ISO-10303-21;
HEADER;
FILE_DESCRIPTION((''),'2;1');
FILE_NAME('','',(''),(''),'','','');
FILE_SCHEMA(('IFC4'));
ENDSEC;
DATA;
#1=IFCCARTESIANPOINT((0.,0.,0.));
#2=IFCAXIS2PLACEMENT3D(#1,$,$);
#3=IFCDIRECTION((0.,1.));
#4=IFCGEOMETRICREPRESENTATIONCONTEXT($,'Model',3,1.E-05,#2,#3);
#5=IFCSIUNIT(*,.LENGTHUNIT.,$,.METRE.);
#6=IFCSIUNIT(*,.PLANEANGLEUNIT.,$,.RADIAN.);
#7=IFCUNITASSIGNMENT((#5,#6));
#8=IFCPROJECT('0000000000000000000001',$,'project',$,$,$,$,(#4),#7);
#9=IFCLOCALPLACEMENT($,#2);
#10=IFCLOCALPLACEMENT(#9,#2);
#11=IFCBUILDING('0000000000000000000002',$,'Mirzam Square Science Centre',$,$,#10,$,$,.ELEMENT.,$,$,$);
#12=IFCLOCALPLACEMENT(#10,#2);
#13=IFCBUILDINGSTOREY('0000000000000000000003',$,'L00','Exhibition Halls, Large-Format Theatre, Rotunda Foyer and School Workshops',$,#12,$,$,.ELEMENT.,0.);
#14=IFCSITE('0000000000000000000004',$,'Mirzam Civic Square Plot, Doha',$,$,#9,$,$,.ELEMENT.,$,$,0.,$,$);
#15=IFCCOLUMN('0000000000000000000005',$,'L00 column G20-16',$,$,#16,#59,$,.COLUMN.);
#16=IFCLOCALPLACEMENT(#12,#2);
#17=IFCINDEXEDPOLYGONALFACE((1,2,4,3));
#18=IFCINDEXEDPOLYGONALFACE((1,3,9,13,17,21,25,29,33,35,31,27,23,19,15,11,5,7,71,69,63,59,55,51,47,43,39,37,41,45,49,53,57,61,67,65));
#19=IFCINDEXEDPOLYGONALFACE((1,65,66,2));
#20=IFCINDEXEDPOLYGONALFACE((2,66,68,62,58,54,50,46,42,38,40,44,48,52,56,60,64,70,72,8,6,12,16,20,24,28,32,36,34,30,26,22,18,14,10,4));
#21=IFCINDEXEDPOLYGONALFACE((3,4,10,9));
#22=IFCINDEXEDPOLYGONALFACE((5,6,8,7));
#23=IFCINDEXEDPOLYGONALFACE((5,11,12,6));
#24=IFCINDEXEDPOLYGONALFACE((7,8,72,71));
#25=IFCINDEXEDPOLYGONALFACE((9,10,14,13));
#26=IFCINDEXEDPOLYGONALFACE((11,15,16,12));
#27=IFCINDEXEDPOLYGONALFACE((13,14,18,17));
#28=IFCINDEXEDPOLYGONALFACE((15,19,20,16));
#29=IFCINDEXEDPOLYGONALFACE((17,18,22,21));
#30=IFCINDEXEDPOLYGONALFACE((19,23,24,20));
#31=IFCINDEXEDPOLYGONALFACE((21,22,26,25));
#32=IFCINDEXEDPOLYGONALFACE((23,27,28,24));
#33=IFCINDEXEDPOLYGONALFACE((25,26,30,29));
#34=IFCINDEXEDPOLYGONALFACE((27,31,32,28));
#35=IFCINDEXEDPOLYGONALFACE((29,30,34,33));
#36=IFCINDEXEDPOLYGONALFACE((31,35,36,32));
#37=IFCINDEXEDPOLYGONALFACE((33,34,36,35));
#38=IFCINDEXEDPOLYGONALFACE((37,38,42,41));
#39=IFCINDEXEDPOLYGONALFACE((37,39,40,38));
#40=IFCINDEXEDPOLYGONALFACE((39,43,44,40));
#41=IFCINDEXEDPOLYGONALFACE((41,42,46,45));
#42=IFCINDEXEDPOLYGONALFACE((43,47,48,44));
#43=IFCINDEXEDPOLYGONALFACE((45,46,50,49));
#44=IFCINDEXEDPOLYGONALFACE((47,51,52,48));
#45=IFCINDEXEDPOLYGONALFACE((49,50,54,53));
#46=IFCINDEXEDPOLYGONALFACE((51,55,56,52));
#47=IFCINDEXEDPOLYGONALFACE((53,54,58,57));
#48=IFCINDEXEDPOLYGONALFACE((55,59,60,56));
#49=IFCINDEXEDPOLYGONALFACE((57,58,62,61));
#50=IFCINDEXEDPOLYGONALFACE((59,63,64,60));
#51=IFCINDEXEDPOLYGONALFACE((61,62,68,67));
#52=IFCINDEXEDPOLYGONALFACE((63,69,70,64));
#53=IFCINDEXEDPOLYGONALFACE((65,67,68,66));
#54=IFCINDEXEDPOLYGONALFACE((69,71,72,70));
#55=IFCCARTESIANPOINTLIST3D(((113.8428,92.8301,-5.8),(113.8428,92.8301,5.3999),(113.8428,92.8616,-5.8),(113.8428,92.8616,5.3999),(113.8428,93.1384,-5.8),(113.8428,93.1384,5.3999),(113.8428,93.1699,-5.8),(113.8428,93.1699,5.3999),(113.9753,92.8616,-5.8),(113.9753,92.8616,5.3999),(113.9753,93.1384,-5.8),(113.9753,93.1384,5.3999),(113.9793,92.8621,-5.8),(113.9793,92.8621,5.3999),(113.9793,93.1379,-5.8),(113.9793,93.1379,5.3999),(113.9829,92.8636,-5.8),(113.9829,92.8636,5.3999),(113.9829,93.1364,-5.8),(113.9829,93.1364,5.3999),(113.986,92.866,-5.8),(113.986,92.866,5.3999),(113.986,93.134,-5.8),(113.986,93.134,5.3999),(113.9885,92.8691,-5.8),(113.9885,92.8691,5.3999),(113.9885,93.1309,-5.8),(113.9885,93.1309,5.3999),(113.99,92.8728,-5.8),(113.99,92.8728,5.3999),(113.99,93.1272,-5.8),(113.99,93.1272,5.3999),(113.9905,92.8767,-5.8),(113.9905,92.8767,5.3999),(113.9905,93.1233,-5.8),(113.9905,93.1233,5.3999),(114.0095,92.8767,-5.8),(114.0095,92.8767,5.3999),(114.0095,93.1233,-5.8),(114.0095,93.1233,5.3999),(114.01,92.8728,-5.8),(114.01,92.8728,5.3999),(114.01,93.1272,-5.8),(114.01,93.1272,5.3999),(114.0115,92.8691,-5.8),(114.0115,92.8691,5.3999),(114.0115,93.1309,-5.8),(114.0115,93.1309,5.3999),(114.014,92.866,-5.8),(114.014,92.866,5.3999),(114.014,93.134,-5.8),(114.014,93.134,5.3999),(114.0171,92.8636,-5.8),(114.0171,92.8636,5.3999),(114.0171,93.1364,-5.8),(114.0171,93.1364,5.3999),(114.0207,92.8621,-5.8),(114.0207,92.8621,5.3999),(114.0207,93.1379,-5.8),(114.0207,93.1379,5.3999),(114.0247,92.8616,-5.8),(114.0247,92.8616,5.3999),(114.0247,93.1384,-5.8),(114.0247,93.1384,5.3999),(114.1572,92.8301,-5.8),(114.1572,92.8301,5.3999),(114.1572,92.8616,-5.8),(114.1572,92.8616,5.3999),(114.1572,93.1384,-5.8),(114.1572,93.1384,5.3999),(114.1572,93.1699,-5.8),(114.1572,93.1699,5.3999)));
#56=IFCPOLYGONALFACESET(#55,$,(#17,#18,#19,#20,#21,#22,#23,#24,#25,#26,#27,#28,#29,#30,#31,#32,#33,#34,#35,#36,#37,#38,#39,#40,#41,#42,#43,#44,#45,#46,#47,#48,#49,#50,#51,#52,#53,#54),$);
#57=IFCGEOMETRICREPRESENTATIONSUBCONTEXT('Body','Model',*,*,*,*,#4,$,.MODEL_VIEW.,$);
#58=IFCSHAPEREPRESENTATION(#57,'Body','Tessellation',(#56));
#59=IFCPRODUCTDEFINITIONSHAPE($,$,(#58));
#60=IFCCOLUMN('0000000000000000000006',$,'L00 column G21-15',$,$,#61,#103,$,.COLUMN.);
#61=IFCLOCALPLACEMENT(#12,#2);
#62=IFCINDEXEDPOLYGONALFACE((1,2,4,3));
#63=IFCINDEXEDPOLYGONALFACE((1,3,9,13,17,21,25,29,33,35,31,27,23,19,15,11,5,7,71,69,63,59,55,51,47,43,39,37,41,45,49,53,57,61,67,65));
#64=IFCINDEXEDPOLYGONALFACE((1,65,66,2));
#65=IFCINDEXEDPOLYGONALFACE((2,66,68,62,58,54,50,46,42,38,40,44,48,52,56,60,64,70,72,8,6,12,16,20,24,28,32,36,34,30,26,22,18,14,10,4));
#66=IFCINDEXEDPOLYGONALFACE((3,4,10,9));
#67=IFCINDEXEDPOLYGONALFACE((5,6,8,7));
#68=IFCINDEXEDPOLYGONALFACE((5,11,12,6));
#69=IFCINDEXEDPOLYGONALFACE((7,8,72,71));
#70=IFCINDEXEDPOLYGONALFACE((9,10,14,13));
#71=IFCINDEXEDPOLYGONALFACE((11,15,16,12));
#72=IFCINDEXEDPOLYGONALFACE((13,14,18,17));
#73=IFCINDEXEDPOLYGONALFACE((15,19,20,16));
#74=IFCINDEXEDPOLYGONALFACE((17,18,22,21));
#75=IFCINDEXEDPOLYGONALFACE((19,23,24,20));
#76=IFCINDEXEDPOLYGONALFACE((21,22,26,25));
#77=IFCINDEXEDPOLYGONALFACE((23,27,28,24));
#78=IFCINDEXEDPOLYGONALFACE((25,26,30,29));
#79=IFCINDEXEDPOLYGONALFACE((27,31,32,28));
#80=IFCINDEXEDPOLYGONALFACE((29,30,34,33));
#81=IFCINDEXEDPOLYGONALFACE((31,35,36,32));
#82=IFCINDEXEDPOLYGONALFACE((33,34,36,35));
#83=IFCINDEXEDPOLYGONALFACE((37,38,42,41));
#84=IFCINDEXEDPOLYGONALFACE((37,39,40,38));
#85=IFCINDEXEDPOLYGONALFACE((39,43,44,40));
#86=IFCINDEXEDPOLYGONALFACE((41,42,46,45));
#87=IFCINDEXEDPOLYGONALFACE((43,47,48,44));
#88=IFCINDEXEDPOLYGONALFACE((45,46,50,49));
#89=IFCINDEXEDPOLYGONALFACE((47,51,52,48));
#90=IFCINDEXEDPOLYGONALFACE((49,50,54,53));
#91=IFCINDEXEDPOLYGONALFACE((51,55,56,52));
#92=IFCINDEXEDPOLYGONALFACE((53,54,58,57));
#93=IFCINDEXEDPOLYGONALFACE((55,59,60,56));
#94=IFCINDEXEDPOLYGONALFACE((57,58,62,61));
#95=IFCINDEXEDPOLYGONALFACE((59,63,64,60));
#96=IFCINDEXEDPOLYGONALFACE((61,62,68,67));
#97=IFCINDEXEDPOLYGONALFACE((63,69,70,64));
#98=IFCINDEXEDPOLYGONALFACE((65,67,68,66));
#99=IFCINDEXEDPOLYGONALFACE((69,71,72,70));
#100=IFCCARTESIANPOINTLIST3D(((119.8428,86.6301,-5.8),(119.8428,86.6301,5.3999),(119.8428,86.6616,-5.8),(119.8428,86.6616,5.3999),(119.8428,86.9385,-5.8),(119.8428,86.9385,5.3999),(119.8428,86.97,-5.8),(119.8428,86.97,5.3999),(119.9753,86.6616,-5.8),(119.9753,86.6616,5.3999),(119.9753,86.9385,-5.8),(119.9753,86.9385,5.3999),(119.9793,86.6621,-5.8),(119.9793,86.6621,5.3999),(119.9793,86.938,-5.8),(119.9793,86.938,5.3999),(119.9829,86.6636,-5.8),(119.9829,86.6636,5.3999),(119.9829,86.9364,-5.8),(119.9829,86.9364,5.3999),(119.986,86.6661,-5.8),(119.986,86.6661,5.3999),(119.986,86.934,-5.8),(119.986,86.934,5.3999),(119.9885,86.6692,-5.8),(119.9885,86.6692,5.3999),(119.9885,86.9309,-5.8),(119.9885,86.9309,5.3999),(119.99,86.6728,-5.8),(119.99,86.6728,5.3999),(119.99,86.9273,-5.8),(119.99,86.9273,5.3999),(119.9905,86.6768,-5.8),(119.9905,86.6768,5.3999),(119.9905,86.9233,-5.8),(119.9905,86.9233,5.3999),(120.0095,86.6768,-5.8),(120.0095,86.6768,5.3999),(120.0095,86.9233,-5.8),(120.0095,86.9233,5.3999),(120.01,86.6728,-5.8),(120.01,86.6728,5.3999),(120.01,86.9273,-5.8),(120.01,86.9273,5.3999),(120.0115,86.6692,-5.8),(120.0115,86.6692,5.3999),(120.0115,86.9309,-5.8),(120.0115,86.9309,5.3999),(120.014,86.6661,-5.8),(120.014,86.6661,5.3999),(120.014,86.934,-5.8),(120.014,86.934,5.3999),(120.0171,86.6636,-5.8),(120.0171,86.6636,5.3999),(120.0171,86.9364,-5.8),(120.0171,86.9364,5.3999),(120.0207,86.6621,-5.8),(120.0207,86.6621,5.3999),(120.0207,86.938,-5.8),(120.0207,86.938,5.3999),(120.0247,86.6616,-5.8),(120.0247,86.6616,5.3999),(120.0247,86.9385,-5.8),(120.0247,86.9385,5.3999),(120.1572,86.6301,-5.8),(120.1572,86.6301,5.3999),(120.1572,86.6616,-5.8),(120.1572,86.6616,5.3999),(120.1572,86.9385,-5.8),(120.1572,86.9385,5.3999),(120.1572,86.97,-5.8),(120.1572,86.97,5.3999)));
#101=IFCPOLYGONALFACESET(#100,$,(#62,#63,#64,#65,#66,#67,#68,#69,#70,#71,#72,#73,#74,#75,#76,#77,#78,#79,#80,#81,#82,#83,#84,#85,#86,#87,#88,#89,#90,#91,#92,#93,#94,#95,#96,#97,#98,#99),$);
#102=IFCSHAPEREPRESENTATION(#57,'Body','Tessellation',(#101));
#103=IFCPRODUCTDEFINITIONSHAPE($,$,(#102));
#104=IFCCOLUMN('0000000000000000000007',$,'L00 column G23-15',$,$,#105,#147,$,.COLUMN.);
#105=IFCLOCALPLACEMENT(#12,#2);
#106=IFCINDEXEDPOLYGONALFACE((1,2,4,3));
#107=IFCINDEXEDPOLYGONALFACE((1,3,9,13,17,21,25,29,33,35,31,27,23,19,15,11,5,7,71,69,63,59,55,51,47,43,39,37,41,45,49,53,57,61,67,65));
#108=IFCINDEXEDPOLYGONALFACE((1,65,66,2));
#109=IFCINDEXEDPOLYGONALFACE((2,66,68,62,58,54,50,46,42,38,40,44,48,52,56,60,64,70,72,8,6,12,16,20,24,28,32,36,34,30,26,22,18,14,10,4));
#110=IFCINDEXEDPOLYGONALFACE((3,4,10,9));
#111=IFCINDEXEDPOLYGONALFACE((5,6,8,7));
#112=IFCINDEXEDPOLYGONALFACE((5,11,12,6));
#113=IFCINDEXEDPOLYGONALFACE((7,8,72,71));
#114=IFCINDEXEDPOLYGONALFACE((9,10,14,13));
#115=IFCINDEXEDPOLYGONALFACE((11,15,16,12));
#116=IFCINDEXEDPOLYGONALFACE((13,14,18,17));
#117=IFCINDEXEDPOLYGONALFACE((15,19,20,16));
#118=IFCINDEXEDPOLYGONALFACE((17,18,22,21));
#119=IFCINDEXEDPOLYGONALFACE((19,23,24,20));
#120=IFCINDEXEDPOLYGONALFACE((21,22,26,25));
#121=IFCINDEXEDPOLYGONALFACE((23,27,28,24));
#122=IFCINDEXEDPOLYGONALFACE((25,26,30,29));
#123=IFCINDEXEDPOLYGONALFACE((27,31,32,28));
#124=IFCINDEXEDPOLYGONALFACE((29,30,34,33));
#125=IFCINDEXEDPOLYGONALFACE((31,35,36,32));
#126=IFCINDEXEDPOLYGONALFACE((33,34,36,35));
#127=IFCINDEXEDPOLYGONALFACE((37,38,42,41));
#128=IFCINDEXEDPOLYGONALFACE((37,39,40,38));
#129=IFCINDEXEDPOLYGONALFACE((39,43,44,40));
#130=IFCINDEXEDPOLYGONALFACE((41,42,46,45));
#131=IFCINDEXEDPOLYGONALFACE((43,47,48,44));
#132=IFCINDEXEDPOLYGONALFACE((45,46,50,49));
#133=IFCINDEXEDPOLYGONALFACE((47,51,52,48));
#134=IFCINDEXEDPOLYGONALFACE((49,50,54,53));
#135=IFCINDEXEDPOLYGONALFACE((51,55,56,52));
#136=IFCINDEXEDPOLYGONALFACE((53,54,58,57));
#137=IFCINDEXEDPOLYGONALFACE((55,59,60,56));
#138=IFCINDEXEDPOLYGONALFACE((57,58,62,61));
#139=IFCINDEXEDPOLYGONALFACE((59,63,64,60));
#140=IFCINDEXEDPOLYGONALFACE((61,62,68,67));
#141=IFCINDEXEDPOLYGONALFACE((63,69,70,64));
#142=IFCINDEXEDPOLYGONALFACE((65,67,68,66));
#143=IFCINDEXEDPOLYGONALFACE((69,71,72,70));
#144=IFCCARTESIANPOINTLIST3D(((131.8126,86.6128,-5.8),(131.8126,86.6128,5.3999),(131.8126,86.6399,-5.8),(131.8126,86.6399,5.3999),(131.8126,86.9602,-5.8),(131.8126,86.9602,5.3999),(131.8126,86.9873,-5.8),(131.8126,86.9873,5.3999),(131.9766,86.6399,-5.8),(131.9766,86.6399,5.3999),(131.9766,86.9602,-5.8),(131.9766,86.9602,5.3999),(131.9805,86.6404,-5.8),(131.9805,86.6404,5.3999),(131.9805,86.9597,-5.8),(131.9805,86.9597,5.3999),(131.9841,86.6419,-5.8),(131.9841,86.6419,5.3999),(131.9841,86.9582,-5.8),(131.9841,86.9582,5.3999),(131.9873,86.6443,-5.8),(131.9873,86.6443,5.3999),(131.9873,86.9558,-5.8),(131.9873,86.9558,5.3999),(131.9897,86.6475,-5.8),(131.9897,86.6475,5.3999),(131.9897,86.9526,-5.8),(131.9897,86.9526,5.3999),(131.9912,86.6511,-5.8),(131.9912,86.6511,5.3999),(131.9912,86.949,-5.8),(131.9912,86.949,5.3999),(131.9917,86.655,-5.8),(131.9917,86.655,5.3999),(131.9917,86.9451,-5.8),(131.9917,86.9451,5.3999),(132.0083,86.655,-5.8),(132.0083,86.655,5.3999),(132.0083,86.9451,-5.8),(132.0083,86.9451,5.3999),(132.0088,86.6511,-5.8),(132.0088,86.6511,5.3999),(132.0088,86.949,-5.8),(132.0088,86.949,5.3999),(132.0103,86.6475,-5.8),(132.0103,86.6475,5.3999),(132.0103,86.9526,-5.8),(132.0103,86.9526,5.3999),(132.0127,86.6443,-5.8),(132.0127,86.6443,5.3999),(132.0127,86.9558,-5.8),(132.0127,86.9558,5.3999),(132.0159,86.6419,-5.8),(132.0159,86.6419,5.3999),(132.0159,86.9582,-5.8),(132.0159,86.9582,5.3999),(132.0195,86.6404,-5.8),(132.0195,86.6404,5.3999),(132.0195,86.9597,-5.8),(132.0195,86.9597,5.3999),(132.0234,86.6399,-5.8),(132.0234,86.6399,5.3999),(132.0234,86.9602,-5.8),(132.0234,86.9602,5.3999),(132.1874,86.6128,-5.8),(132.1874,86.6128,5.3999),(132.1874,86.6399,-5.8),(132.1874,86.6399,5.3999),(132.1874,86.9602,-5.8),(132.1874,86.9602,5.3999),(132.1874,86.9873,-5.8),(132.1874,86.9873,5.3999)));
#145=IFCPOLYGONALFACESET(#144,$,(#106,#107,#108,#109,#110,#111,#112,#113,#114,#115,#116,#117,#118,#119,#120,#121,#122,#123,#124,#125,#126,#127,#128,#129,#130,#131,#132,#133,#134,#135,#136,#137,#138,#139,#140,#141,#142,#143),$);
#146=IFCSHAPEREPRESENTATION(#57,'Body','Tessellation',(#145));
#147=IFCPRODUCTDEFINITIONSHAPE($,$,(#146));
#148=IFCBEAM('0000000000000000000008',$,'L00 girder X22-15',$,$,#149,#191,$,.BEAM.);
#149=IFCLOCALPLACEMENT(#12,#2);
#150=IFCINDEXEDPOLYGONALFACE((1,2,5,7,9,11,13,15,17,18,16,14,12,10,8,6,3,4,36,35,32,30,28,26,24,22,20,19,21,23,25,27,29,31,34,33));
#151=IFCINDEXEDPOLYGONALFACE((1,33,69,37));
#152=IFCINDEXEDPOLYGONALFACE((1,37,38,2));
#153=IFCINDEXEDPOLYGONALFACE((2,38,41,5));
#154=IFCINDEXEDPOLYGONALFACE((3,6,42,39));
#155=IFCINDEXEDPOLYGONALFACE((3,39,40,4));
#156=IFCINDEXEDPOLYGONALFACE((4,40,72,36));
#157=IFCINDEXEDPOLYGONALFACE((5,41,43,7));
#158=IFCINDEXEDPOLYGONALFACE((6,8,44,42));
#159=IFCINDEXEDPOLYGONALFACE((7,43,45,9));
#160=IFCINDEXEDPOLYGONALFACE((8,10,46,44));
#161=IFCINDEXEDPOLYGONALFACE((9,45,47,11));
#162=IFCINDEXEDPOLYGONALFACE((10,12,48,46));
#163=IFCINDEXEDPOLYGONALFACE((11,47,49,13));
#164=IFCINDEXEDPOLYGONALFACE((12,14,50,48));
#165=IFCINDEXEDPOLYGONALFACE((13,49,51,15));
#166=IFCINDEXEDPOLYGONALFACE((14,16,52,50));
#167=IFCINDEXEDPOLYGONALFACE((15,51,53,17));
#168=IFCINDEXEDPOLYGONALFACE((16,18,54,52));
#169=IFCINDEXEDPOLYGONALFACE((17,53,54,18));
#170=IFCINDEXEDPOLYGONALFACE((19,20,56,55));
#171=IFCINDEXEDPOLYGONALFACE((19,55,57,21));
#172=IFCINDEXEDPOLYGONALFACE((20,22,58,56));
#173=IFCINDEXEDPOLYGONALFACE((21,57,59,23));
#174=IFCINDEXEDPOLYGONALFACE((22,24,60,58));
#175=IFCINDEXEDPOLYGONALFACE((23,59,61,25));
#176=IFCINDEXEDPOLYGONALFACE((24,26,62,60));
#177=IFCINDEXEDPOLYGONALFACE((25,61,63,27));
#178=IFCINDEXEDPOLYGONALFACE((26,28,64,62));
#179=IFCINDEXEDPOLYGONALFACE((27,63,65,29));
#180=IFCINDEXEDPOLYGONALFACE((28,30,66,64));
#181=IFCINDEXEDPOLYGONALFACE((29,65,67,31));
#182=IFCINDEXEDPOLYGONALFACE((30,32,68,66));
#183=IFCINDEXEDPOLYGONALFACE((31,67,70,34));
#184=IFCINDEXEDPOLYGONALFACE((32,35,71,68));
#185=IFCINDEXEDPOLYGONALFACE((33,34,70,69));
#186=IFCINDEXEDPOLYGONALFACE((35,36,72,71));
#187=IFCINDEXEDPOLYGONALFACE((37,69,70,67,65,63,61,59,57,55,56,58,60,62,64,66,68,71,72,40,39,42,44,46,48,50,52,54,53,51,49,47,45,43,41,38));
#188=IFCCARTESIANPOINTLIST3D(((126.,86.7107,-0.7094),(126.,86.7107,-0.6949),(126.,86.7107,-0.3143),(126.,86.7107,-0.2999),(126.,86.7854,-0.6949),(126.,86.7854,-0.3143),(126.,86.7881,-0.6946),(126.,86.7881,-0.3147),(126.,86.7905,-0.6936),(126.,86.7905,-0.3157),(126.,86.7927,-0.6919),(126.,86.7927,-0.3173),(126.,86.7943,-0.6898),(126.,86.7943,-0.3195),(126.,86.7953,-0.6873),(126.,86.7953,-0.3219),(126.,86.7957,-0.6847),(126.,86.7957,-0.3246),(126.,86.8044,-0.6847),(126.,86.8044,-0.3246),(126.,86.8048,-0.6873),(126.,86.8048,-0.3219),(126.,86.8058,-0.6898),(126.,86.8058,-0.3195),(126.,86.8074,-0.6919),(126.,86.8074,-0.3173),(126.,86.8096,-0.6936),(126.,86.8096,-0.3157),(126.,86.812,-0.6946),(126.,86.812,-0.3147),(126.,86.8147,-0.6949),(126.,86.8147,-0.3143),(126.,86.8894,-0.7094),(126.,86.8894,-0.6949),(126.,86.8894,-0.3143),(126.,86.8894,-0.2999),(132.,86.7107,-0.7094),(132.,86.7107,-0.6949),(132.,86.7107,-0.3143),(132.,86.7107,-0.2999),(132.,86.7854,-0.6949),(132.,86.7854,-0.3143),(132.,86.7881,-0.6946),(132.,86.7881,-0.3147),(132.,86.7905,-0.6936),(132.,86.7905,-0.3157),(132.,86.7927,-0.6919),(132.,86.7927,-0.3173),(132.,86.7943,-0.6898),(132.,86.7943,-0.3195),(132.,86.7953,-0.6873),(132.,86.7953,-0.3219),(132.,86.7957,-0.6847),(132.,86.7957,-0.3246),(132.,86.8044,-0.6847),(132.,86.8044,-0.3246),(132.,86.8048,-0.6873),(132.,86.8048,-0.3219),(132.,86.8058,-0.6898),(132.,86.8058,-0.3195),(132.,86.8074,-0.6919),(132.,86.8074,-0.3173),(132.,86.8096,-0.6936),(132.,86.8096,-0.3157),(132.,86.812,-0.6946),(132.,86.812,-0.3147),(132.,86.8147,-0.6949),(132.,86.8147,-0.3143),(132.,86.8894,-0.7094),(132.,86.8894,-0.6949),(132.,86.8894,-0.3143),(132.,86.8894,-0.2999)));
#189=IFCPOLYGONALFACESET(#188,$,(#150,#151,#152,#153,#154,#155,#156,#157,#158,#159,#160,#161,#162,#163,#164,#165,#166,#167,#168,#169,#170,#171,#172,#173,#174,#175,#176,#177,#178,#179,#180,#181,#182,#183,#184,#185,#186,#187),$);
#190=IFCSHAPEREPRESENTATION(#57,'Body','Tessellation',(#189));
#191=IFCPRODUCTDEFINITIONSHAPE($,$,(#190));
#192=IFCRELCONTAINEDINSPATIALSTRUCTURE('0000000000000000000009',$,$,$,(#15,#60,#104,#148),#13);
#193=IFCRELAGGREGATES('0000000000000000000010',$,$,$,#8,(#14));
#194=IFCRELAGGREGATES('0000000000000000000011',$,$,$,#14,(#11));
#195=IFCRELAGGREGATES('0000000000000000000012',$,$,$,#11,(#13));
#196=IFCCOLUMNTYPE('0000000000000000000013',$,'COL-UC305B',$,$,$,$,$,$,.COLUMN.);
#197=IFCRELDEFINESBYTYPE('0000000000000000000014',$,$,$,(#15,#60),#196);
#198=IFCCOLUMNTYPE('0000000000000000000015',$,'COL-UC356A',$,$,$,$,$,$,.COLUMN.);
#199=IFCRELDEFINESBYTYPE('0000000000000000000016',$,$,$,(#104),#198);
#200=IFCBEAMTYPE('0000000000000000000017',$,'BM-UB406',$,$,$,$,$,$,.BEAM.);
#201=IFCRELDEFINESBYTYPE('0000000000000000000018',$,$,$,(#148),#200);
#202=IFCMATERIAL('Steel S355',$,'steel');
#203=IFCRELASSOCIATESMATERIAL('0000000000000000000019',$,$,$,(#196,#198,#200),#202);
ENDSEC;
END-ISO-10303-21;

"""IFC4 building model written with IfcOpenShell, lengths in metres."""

from ifc_helpers import new_model, si_unit, direction, frame, origin, origin_2d, place, context, subcontext, project, spatial, i_section, extrude, material, material_profile, profile_set, type_object, element, save


model = new_model("IFC4")

# Units and contexts
model_context = context("Model", 3, precision=1e-05, world=origin(), true_north=direction((0.0, 1.0)))
body_context = subcontext(model_context, "Body", "Model", "MODEL_VIEW")
ifc_project = project(units=[si_unit("LENGTHUNIT", "METRE"), si_unit("PLANEANGLEUNIT", "RADIAN")], contexts=[model_context])

# Site, building, storey
site_placement = place(None, origin())
site = spatial("IfcSite", under=ifc_project, at=site_placement, Name="Mirzam Civic Square Plot, Doha", CompositionType="ELEMENT", RefElevation=0.0)
building_placement = place(site_placement, origin())
building = spatial("IfcBuilding", under=site, at=building_placement, Name="Mirzam Square Science Centre", CompositionType="ELEMENT")
storey_placement = place(building_placement, origin())
storey = spatial("IfcBuildingStorey", under=building, at=storey_placement, Name="L00", Description="Exhibition Halls, Large-Format Theatre, Rotunda Foyer and School Workshops", CompositionType="ELEMENT", Elevation=0.0)

# Columns
ifc_material_1 = material(Name="Steel S355", Category="steel")
ifc_material_profile_1 = material_profile(ifc_material_1, i_section(OverallWidth=0.3145, OverallDepth=0.3398, WebThickness=0.019, FlangeThickness=0.0315, FilletRadius=0.0151, at=origin_2d()), Name="305x305x198UC")
ifc_profile_set_1 = profile_set([ifc_material_profile_1], Name="Steel S355")
column_type_1 = type_object("IfcColumnType", Name="COL-UC305B", PredefinedType="COLUMN", material=ifc_profile_set_1)
for number, where, z_axis, x_axis, name in (
    (1, (114.0, 93.0, -5.8), (0.0, 0.0, 1.0), (1.0, 0.0, 0.0), "L00 column G20-16"),
    (2, (120.0, 86.8, -5.8), (0.0, 0.0, 1.0), (1.0, 0.0, 0.0), "L00 column G21-15"),
):
    element("IfcColumn", number, at=place(storey_placement, frame(where, z_axis=z_axis, x_axis=x_axis)), inside=storey, type_object=column_type_1, Name=name, PredefinedType="COLUMN", context=body_context, shape_type="SweptSolid", body=[
        extrude(i_section(OverallWidth=0.3145, OverallDepth=0.3398, WebThickness=0.019, FlangeThickness=0.0315, FilletRadius=0.0151, at=origin_2d()), origin(), (0.0, 0.0, 1.0), 11.2),
    ])
ifc_material_profile_2 = material_profile(ifc_material_1, i_section(OverallWidth=0.3748, OverallDepth=0.3745, WebThickness=0.0166, FlangeThickness=0.0271, FilletRadius=0.0151, at=origin_2d()), Name="356x368x202UC")
ifc_profile_set_2 = profile_set([ifc_material_profile_2], Name="Steel S355")
column_type_2 = type_object("IfcColumnType", Name="COL-UC356A", PredefinedType="COLUMN", material=ifc_profile_set_2)
column_placement = place(storey_placement, frame((132.0, 86.8, -5.8), z_axis=(0.0, 0.0, 1.0), x_axis=(1.0, 0.0, 0.0)))
element("IfcColumn", 3, at=column_placement, inside=storey, type_object=column_type_2, Name="L00 column G23-15", PredefinedType="COLUMN", context=body_context, shape_type="SweptSolid", body=[
    extrude(i_section(OverallWidth=0.3748, OverallDepth=0.3745, WebThickness=0.0166, FlangeThickness=0.0271, FilletRadius=0.0151, at=origin_2d()), origin(), (0.0, 0.0, 1.0), 11.2),
])

# Beam
ifc_material_profile_3 = material_profile(ifc_material_1, i_section(OverallWidth=0.1787, OverallDepth=0.4094, WebThickness=0.0088, FlangeThickness=0.0144, FilletRadius=0.0103, at=origin_2d()), Name="406x178x67UB")
ifc_profile_set_3 = profile_set([ifc_material_profile_3], Name="Steel S355")
beam_type_1 = type_object("IfcBeamType", Name="BM-UB406", PredefinedType="BEAM", material=ifc_profile_set_3)
beam_1_placement = place(storey_placement, frame((126.0, 86.8, -0.5046), z_axis=(1.0, 0.0, 0.0), x_axis=(0.0, 1.0, 0.0)))
element("IfcBeam", 4, at=beam_1_placement, inside=storey, type_object=beam_type_1, Name="L00 girder X22-15", PredefinedType="BEAM", context=body_context, shape_type="SweptSolid", body=[
    extrude(i_section(OverallWidth=0.1787, OverallDepth=0.4094, WebThickness=0.0088, FlangeThickness=0.0144, FilletRadius=0.0103, at=origin_2d()), origin(), (0.0, 0.0, 1.0), 6.0),
])

save(model, "model.ifc")
